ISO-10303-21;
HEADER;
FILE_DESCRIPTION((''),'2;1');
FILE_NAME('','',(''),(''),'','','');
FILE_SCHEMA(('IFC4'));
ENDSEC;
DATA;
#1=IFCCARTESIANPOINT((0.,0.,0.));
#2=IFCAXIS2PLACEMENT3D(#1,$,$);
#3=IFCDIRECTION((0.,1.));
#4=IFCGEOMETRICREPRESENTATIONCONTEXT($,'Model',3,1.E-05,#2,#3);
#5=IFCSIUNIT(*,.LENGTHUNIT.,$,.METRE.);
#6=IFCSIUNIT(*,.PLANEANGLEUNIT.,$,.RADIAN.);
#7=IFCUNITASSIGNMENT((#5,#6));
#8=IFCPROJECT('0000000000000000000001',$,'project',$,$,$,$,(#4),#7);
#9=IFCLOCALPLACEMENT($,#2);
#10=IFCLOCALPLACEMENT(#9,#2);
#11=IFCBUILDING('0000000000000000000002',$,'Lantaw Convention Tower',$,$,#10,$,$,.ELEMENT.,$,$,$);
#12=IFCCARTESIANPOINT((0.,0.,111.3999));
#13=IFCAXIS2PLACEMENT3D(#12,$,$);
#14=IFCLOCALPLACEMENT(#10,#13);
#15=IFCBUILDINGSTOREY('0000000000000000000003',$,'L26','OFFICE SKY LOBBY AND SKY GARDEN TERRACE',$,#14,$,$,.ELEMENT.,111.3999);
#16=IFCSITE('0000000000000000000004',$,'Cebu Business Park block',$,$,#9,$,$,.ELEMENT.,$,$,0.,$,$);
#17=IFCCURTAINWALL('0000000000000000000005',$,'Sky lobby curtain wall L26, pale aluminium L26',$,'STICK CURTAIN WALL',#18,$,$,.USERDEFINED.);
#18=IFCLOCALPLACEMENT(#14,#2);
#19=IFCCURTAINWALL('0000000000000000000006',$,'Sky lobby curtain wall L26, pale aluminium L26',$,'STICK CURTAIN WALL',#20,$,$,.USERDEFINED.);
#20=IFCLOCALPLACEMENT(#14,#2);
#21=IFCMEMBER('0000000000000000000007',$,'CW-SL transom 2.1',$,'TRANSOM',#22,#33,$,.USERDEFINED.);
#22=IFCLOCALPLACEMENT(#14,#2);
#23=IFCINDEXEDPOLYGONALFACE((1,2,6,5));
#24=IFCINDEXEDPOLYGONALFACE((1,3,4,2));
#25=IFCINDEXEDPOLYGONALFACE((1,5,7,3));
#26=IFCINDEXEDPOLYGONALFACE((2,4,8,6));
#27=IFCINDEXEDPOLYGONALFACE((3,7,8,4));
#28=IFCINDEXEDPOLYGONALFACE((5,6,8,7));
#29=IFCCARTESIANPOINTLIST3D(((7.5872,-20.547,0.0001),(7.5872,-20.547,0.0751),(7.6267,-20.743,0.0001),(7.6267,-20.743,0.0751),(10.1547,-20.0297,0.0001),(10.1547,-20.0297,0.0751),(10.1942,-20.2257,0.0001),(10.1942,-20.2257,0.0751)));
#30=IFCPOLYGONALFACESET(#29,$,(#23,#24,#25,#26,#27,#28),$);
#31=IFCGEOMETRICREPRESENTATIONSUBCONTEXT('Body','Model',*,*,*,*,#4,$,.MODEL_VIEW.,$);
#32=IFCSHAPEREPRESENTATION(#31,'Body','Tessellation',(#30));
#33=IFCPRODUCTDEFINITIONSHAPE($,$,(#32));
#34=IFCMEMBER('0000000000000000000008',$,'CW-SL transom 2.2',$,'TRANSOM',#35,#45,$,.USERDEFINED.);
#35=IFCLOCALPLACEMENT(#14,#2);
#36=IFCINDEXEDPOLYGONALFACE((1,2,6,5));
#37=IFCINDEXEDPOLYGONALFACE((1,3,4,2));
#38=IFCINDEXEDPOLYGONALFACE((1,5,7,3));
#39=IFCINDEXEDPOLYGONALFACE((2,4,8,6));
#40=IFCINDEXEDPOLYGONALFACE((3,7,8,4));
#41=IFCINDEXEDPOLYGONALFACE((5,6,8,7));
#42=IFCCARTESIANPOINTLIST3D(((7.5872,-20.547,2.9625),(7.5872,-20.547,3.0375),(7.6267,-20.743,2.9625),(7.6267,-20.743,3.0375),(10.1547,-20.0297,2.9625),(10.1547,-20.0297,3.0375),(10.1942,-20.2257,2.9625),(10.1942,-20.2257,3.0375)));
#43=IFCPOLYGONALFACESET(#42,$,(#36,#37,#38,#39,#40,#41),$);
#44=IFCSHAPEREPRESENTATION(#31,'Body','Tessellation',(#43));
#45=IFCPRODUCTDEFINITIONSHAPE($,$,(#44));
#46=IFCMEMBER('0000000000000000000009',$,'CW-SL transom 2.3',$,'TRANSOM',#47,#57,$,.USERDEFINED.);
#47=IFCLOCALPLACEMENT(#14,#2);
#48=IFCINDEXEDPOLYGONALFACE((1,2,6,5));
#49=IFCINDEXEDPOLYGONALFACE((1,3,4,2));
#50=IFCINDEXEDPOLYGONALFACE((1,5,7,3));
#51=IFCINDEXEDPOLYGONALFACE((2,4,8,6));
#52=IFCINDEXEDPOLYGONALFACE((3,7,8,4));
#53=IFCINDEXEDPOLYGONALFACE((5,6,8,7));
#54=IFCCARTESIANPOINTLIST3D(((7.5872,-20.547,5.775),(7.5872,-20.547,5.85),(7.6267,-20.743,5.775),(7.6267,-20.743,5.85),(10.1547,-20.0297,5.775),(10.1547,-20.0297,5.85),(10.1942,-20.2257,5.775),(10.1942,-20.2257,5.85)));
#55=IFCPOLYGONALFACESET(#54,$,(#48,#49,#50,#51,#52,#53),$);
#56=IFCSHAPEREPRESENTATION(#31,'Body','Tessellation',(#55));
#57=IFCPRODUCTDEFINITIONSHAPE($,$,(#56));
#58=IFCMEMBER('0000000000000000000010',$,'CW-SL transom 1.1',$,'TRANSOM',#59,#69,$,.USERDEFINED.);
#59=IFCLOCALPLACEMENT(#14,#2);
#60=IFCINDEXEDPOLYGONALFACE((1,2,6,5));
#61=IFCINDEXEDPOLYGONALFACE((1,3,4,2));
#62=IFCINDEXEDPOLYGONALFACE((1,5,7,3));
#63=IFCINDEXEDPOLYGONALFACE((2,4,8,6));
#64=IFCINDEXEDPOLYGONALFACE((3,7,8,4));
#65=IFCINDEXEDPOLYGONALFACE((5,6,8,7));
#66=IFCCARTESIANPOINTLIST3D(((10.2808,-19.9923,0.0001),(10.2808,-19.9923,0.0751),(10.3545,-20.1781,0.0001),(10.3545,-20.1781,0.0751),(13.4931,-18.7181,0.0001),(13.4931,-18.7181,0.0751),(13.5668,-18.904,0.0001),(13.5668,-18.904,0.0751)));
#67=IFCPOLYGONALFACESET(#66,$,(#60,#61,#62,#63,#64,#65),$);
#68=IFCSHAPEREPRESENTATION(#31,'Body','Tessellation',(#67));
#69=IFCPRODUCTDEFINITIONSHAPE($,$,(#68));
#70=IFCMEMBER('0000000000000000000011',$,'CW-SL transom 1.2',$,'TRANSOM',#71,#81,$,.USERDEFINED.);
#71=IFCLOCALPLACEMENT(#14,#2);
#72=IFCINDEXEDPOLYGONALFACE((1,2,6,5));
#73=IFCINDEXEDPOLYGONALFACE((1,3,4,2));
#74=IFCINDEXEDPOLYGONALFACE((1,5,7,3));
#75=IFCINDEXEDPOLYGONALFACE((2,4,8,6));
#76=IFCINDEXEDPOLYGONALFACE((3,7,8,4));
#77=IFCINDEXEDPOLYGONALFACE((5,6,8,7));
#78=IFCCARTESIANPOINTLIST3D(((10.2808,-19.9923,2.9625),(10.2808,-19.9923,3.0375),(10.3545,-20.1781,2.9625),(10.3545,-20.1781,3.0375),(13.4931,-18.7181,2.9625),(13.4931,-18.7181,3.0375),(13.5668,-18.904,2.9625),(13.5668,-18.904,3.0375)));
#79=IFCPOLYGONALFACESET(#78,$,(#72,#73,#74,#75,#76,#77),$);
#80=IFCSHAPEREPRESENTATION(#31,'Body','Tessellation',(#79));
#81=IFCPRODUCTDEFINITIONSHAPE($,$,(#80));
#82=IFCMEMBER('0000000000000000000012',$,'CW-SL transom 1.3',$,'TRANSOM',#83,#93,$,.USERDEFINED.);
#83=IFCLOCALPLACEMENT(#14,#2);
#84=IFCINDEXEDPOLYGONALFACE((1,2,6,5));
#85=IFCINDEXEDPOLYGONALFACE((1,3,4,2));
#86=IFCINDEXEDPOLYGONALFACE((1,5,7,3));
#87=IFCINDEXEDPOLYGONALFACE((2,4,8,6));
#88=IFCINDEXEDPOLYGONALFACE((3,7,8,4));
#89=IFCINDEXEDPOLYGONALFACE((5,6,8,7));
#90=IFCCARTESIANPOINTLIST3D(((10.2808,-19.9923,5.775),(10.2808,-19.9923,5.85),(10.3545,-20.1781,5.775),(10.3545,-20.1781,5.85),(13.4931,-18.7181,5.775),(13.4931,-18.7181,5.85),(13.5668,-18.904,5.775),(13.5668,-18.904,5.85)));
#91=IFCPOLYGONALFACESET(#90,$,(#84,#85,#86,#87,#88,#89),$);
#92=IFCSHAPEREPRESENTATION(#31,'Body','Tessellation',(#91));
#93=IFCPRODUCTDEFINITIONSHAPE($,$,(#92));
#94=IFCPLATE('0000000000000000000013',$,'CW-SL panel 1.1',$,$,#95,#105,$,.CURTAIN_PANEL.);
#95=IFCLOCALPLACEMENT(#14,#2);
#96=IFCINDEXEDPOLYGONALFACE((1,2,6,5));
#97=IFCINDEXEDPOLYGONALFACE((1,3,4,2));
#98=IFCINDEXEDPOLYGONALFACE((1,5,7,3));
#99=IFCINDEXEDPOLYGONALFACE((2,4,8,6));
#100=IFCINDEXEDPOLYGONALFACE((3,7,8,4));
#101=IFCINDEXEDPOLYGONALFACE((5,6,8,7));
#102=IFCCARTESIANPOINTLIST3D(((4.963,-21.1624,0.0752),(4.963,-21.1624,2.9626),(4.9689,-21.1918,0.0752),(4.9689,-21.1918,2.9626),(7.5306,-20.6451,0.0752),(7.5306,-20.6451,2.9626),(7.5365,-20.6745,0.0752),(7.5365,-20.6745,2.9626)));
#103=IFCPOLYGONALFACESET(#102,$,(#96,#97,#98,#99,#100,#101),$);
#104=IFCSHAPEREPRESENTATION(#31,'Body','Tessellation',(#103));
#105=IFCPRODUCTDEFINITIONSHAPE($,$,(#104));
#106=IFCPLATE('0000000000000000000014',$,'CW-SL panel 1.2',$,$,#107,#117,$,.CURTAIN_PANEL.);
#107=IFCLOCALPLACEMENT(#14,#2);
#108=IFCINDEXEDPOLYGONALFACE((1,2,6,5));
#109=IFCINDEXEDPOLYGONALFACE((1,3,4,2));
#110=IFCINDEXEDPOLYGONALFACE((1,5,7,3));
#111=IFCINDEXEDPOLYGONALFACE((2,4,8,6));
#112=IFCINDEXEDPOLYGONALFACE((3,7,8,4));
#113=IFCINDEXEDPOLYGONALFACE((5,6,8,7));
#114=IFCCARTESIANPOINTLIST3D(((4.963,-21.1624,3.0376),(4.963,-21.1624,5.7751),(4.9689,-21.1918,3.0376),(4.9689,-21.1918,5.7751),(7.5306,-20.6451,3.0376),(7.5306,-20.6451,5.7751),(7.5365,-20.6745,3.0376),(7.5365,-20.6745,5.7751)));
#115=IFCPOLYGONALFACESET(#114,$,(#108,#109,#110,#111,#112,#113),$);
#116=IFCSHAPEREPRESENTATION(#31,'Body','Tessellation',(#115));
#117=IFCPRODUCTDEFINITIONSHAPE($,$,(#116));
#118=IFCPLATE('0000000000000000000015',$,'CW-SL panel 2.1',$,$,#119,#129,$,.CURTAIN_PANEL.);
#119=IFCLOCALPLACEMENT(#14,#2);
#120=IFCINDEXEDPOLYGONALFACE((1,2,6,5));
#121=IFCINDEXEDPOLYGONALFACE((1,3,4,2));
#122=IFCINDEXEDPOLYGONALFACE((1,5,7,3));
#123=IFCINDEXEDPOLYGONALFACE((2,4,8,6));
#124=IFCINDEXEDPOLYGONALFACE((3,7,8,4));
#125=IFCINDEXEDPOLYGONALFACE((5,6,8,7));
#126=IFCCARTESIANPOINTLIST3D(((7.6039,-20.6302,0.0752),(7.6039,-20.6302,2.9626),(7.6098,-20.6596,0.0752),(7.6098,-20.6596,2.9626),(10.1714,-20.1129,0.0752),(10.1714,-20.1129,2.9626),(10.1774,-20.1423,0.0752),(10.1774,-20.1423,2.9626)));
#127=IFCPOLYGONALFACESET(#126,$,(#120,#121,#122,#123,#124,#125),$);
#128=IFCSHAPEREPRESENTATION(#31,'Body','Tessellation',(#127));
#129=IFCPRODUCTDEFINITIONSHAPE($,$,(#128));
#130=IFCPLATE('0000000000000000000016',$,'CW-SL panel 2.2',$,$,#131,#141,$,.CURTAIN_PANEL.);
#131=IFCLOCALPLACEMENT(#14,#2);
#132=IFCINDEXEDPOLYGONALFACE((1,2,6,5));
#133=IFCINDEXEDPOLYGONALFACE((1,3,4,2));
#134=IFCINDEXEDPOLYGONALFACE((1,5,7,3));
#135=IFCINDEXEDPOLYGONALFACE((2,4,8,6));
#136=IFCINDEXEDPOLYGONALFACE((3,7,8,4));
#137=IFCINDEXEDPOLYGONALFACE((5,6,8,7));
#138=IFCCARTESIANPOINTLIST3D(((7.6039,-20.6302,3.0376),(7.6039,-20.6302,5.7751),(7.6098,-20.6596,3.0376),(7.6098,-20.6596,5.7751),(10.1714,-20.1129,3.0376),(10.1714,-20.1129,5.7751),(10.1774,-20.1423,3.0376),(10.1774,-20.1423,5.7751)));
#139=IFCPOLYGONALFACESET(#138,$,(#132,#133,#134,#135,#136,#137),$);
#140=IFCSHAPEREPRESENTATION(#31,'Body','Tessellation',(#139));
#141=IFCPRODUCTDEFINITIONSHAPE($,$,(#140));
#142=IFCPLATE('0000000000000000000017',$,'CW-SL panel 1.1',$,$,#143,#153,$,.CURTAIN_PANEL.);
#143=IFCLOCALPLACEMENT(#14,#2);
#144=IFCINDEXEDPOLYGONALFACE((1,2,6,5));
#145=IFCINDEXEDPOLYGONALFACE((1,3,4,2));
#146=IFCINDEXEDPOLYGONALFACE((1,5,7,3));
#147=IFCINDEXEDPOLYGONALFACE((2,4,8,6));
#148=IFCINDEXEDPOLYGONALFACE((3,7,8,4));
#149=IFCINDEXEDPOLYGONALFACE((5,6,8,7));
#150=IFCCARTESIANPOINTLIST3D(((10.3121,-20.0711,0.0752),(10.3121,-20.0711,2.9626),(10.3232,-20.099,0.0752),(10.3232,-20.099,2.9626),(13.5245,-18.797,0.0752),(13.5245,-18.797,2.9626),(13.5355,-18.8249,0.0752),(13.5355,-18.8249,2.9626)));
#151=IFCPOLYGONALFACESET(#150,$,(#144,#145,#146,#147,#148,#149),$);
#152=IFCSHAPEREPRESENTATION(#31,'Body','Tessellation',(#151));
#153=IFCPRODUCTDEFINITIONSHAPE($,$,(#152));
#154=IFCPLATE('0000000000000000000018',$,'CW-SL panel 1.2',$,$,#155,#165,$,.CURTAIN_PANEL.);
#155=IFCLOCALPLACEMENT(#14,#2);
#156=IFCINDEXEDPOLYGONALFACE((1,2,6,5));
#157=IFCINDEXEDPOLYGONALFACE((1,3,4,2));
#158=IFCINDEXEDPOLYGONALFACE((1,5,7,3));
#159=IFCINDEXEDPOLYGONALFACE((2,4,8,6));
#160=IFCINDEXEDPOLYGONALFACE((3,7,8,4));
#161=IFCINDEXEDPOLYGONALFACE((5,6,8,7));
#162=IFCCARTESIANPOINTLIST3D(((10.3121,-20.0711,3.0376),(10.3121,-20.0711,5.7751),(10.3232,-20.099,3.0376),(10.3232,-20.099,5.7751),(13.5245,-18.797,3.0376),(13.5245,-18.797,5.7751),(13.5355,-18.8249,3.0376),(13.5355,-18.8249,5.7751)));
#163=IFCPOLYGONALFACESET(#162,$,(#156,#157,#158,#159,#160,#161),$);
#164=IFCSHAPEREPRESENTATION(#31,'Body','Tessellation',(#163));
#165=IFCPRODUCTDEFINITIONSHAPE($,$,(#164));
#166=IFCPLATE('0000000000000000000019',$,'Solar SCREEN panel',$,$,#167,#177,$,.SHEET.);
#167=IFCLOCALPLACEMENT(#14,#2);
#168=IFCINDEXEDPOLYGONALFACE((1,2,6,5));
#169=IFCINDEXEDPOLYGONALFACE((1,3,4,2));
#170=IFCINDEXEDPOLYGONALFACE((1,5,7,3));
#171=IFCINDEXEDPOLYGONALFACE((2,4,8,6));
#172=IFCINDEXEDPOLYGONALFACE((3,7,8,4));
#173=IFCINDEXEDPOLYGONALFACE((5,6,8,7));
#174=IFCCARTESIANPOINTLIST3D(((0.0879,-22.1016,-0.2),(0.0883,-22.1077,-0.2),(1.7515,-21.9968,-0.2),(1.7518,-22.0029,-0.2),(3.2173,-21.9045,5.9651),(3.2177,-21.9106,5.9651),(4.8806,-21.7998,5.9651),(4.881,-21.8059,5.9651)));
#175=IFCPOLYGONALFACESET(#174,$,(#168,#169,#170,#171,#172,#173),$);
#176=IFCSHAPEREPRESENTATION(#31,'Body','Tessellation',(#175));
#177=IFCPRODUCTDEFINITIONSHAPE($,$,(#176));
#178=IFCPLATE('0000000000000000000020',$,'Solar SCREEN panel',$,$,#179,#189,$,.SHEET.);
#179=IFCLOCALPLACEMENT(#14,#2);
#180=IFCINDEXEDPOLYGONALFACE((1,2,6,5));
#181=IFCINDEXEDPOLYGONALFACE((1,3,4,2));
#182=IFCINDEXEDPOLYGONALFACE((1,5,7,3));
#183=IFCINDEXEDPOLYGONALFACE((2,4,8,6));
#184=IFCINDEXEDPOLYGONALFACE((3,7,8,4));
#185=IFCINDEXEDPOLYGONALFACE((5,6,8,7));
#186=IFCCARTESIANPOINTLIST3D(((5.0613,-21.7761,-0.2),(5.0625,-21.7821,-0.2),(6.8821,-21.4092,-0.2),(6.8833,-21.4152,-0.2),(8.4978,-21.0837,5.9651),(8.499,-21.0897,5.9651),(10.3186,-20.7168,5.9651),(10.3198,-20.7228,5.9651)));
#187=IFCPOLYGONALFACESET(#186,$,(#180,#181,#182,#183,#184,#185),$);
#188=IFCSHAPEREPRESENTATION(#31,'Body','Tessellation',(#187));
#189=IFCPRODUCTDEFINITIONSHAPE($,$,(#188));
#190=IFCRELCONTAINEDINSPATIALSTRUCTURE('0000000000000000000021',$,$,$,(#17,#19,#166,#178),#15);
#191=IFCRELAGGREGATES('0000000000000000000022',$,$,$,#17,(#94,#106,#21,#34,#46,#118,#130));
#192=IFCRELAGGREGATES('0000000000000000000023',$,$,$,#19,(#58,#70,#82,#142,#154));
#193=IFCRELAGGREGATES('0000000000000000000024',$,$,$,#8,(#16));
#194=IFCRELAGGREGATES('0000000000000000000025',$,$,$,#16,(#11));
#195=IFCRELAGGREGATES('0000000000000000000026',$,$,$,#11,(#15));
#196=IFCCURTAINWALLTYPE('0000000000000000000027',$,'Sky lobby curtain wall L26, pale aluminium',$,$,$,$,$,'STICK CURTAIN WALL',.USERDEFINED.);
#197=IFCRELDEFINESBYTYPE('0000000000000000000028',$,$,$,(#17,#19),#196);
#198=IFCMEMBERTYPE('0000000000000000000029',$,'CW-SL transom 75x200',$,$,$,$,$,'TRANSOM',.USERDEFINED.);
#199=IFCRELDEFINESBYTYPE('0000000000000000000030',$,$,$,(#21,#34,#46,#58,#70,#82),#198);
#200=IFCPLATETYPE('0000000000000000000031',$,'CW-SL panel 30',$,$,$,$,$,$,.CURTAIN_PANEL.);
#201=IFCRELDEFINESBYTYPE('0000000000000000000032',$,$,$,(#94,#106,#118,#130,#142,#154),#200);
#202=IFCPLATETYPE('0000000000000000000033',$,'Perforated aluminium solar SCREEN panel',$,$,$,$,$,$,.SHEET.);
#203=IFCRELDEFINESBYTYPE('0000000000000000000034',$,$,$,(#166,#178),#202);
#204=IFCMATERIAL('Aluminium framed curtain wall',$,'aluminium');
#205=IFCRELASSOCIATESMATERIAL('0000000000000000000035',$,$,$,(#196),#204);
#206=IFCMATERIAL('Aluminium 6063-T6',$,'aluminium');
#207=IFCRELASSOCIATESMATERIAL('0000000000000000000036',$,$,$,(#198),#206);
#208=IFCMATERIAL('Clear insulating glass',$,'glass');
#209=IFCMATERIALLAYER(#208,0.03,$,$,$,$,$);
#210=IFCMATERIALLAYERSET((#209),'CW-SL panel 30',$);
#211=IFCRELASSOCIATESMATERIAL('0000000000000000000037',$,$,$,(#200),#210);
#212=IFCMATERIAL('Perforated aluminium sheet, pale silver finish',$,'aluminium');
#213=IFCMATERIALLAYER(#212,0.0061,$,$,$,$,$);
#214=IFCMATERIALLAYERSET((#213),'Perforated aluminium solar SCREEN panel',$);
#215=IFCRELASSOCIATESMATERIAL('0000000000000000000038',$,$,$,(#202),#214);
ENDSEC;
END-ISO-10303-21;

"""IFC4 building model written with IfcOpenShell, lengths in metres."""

from ifc_helpers import new_model, si_unit, direction, frame, origin, origin_2d, place, context, subcontext, project, spatial, polyline, rectangle, outline, extrude, material, layer, layer_set, material_profile, profile_set, type_object, element, aggregate, save


model = new_model("IFC4")

# Units and contexts
model_context = context("Model", 3, precision=1e-05, world=origin(), true_north=direction((0.0, 1.0)))
body_context = subcontext(model_context, "Body", "Model", "MODEL_VIEW")
ifc_project = project(units=[si_unit("LENGTHUNIT", "METRE"), si_unit("PLANEANGLEUNIT", "RADIAN")], contexts=[model_context])

# Site, building, storey
site_placement = place(None, origin())
site = spatial("IfcSite", under=ifc_project, at=site_placement, Name="Cebu Business Park block", CompositionType="ELEMENT", RefElevation=0.0)
building_placement = place(site_placement, origin())
building = spatial("IfcBuilding", under=site, at=building_placement, Name="Lantaw Convention Tower", CompositionType="ELEMENT")
storey_placement = place(building_placement, frame((0.0, 0.0, 111.3999)))
storey = spatial("IfcBuildingStorey", under=building, at=storey_placement, Name="L26", Description="OFFICE SKY LOBBY AND SKY GARDEN TERRACE", CompositionType="ELEMENT", Elevation=111.3999)

# Curtain wall
ifc_material_1 = material(Name="Aluminium framed curtain wall", Category="aluminium")
curtain_wall_type = type_object("IfcCurtainWallType", Name="Sky lobby curtain wall L26, pale aluminium", ElementType="STICK CURTAIN WALL", PredefinedType="USERDEFINED", material=ifc_material_1)
curtain_wall_1_placement = place(storey_placement, origin())
curtain_wall_1 = element("IfcCurtainWall", 1, at=curtain_wall_1_placement, inside=storey, type_object=curtain_wall_type, Name="Sky lobby curtain wall L26, pale aluminium L26", ObjectType="STICK CURTAIN WALL", PredefinedType="USERDEFINED")
ifc_material_2 = material(Name="Aluminium 6063-T6", Category="aluminium")

# Curtain wall
curtain_wall_2_placement = place(storey_placement, origin())
curtain_wall_2 = element("IfcCurtainWall", 2, at=curtain_wall_2_placement, inside=storey, type_object=curtain_wall_type, Name="Sky lobby curtain wall L26, pale aluminium L26", ObjectType="STICK CURTAIN WALL", PredefinedType="USERDEFINED")

# Members
ifc_material_profile_1 = material_profile(ifc_material_2, rectangle(XDim=0.2, YDim=0.075, at=origin_2d()), Name="CW-SL transom 75x200")
ifc_profile_set_1 = profile_set([ifc_material_profile_1], Name="Aluminium 6063-T6")
member_type_1 = type_object("IfcMemberType", Name="CW-SL transom 75x200", ElementType="TRANSOM", PredefinedType="USERDEFINED", material=ifc_profile_set_1)
member_1_placement = place(storey_placement, frame((7.6069, -20.645, 0.0376), z_axis=(0.9803, 0.197514, 0.0), x_axis=(-0.197514, 0.9803, 0.0)))
member_1 = element("IfcMember", 3, at=member_1_placement, type_object=member_type_1, Name="CW-SL transom 2.1", ObjectType="TRANSOM", PredefinedType="USERDEFINED", context=body_context, shape_type="SweptSolid", body=[
    extrude(rectangle(XDim=0.2, YDim=0.075, at=origin_2d()), origin(), (0.0, 0.0, 1.0), 2.6191),
])
member_2_placement = place(storey_placement, frame((7.6069, -20.645, 3.0), z_axis=(0.9803, 0.197514, 0.0), x_axis=(-0.197514, 0.9803, 0.0)))
member_2 = element("IfcMember", 4, at=member_2_placement, type_object=member_type_1, Name="CW-SL transom 2.2", ObjectType="TRANSOM", PredefinedType="USERDEFINED", context=body_context, shape_type="SweptSolid", body=[
    extrude(rectangle(XDim=0.2, YDim=0.075, at=origin_2d()), origin(), (0.0, 0.0, 1.0), 2.6191),
])
member_3_placement = place(storey_placement, frame((7.6069, -20.645, 5.8125), z_axis=(0.9803, 0.197514, 0.0), x_axis=(-0.197514, 0.9803, 0.0)))
member_3 = element("IfcMember", 5, at=member_3_placement, type_object=member_type_1, Name="CW-SL transom 2.3", ObjectType="TRANSOM", PredefinedType="USERDEFINED", context=body_context, shape_type="SweptSolid", body=[
    extrude(rectangle(XDim=0.2, YDim=0.075, at=origin_2d()), origin(), (0.0, 0.0, 1.0), 2.6191),
])
member_4_placement = place(storey_placement, frame((10.3176, -20.0852, 0.0376), z_axis=(0.92955, 0.368697, 0.0), x_axis=(-0.368697, 0.92955, 0.0)))
member_4 = element("IfcMember", 6, at=member_4_placement, type_object=member_type_1, Name="CW-SL transom 1.1", ObjectType="TRANSOM", PredefinedType="USERDEFINED", context=body_context, shape_type="SweptSolid", body=[
    extrude(rectangle(XDim=0.2, YDim=0.075, at=origin_2d()), origin(), (0.0, 0.0, 1.0), 3.4558),
])
member_5_placement = place(storey_placement, frame((10.3176, -20.0852, 3.0), z_axis=(0.92955, 0.368697, 0.0), x_axis=(-0.368697, 0.92955, 0.0)))
member_5 = element("IfcMember", 7, at=member_5_placement, type_object=member_type_1, Name="CW-SL transom 1.2", ObjectType="TRANSOM", PredefinedType="USERDEFINED", context=body_context, shape_type="SweptSolid", body=[
    extrude(rectangle(XDim=0.2, YDim=0.075, at=origin_2d()), origin(), (0.0, 0.0, 1.0), 3.4558),
])
member_6_placement = place(storey_placement, frame((10.3176, -20.0852, 5.8125), z_axis=(0.92955, 0.368697, 0.0), x_axis=(-0.368697, 0.92955, 0.0)))
member_6 = element("IfcMember", 8, at=member_6_placement, type_object=member_type_1, Name="CW-SL transom 1.3", ObjectType="TRANSOM", PredefinedType="USERDEFINED", context=body_context, shape_type="SweptSolid", body=[
    extrude(rectangle(XDim=0.2, YDim=0.075, at=origin_2d()), origin(), (0.0, 0.0, 1.0), 3.4558),
])

# Plates
ifc_material_3 = material(Name="Clear insulating glass", Category="glass")
ifc_layer_1 = layer(ifc_material_3, 0.03)
ifc_layer_set_1 = layer_set([ifc_layer_1], Name="CW-SL panel 30")
plate_type_1 = type_object("IfcPlateType", Name="CW-SL panel 30", PredefinedType="CURTAIN_PANEL", material=ifc_layer_set_1)
plate_1_placement = place(storey_placement, frame((6.2498, -20.9185, 0.0752), z_axis=(0.0, 0.0, 1.0), x_axis=(0.980302, 0.197507, 0.0)))
plate_1 = element("IfcPlate", 9, at=plate_1_placement, type_object=plate_type_1, Name="CW-SL panel 1.1", PredefinedType="CURTAIN_PANEL", context=body_context, shape_type="SweptSolid", body=[
    extrude(rectangle(XDim=2.6191, YDim=0.03, at=origin_2d()), origin(), (0.0, 0.0, 1.0), 2.8875),
])
plate_2_placement = place(storey_placement, frame((6.2498, -20.9185, 3.0376), z_axis=(0.0, 0.0, 1.0), x_axis=(0.980302, 0.197507, 0.0)))
plate_2 = element("IfcPlate", 10, at=plate_2_placement, type_object=plate_type_1, Name="CW-SL panel 1.2", PredefinedType="CURTAIN_PANEL", context=body_context, shape_type="SweptSolid", body=[
    extrude(rectangle(XDim=2.6191, YDim=0.03, at=origin_2d()), origin(), (0.0, 0.0, 1.0), 2.7375),
])
plate_3_placement = place(storey_placement, frame((8.8906, -20.3862, 0.0752), z_axis=(0.0, 0.0, 1.0), x_axis=(0.980302, 0.197507, 0.0)))
plate_3 = element("IfcPlate", 11, at=plate_3_placement, type_object=plate_type_1, Name="CW-SL panel 2.1", PredefinedType="CURTAIN_PANEL", context=body_context, shape_type="SweptSolid", body=[
    extrude(rectangle(XDim=2.6191, YDim=0.03, at=origin_2d()), origin(), (0.0, 0.0, 1.0), 2.8875),
])
plate_4_placement = place(storey_placement, frame((8.8906, -20.3862, 3.0376), z_axis=(0.0, 0.0, 1.0), x_axis=(0.980302, 0.197507, 0.0)))
plate_4 = element("IfcPlate", 12, at=plate_4_placement, type_object=plate_type_1, Name="CW-SL panel 2.2", PredefinedType="CURTAIN_PANEL", context=body_context, shape_type="SweptSolid", body=[
    extrude(rectangle(XDim=2.6191, YDim=0.03, at=origin_2d()), origin(), (0.0, 0.0, 1.0), 2.7375),
])
aggregate(curtain_wall_1, [plate_1, plate_2, member_1, member_2, member_3, plate_3, plate_4])
plate_5_placement = place(storey_placement, frame((11.9238, -19.448, 0.0752), z_axis=(0.0, 0.0, 1.0), x_axis=(0.929548, 0.368702, 0.0)))
plate_5 = element("IfcPlate", 13, at=plate_5_placement, type_object=plate_type_1, Name="CW-SL panel 1.1", PredefinedType="CURTAIN_PANEL", context=body_context, shape_type="SweptSolid", body=[
    extrude(rectangle(XDim=3.4558, YDim=0.03, at=origin_2d()), origin(), (0.0, 0.0, 1.0), 2.8875),
])
plate_6_placement = place(storey_placement, frame((11.9238, -19.448, 3.0376), z_axis=(0.0, 0.0, 1.0), x_axis=(0.929548, 0.368702, 0.0)))
plate_6 = element("IfcPlate", 14, at=plate_6_placement, type_object=plate_type_1, Name="CW-SL panel 1.2", PredefinedType="CURTAIN_PANEL", context=body_context, shape_type="SweptSolid", body=[
    extrude(rectangle(XDim=3.4558, YDim=0.03, at=origin_2d()), origin(), (0.0, 0.0, 1.0), 2.7375),
])
aggregate(curtain_wall_2, [member_4, member_5, member_6, plate_5, plate_6])

# Plates
ifc_material_4 = material(Name="Perforated aluminium sheet, pale silver finish", Category="aluminium")
ifc_layer_2 = layer(ifc_material_4, 0.0061)
ifc_layer_set_2 = layer_set([ifc_layer_2], Name="Perforated aluminium solar SCREEN panel")
plate_type_2 = type_object("IfcPlateType", Name="Perforated aluminium solar SCREEN panel", PredefinedType="SHEET", material=ifc_layer_set_2)
plate_7_placement = place(storey_placement, frame((0.0879, -22.1016, -0.2), z_axis=(-0.062839, 0.998024, 0.000001), x_axis=(0.998024, 0.062839, 0.0)))
element("IfcPlate", 15, at=plate_7_placement, inside=storey, type_object=plate_type_2, Name="Solar SCREEN panel", PredefinedType="SHEET", context=body_context, shape_type="SweptSolid", body=[
    extrude(outline(polyline([(0.0, 0.0), (1.6669, 0.0), (4.8022, -6.165), (3.1356, -6.165), (0.0, 0.0)])), origin(), (0.0, 0.0, -1.0), 0.0061),
])
plate_8_placement = place(storey_placement, frame((5.0613, -21.7761, -0.2), z_axis=(-0.197557, 0.980291, 0.000028), x_axis=(0.980291, 0.197557, 0.0)))
element("IfcPlate", 16, at=plate_8_placement, inside=storey, type_object=plate_type_2, Name="Solar SCREEN panel", PredefinedType="SHEET", context=body_context, shape_type="SweptSolid", body=[
    extrude(outline(polyline([(0.0, 0.0), (1.8574, 0.0), (5.363, -6.165), (3.5056, -6.165), (0.0, 0.0)])), origin(), (0.0, 0.0, -1.0), 0.0061),
])

save(model, "model.ifc")
